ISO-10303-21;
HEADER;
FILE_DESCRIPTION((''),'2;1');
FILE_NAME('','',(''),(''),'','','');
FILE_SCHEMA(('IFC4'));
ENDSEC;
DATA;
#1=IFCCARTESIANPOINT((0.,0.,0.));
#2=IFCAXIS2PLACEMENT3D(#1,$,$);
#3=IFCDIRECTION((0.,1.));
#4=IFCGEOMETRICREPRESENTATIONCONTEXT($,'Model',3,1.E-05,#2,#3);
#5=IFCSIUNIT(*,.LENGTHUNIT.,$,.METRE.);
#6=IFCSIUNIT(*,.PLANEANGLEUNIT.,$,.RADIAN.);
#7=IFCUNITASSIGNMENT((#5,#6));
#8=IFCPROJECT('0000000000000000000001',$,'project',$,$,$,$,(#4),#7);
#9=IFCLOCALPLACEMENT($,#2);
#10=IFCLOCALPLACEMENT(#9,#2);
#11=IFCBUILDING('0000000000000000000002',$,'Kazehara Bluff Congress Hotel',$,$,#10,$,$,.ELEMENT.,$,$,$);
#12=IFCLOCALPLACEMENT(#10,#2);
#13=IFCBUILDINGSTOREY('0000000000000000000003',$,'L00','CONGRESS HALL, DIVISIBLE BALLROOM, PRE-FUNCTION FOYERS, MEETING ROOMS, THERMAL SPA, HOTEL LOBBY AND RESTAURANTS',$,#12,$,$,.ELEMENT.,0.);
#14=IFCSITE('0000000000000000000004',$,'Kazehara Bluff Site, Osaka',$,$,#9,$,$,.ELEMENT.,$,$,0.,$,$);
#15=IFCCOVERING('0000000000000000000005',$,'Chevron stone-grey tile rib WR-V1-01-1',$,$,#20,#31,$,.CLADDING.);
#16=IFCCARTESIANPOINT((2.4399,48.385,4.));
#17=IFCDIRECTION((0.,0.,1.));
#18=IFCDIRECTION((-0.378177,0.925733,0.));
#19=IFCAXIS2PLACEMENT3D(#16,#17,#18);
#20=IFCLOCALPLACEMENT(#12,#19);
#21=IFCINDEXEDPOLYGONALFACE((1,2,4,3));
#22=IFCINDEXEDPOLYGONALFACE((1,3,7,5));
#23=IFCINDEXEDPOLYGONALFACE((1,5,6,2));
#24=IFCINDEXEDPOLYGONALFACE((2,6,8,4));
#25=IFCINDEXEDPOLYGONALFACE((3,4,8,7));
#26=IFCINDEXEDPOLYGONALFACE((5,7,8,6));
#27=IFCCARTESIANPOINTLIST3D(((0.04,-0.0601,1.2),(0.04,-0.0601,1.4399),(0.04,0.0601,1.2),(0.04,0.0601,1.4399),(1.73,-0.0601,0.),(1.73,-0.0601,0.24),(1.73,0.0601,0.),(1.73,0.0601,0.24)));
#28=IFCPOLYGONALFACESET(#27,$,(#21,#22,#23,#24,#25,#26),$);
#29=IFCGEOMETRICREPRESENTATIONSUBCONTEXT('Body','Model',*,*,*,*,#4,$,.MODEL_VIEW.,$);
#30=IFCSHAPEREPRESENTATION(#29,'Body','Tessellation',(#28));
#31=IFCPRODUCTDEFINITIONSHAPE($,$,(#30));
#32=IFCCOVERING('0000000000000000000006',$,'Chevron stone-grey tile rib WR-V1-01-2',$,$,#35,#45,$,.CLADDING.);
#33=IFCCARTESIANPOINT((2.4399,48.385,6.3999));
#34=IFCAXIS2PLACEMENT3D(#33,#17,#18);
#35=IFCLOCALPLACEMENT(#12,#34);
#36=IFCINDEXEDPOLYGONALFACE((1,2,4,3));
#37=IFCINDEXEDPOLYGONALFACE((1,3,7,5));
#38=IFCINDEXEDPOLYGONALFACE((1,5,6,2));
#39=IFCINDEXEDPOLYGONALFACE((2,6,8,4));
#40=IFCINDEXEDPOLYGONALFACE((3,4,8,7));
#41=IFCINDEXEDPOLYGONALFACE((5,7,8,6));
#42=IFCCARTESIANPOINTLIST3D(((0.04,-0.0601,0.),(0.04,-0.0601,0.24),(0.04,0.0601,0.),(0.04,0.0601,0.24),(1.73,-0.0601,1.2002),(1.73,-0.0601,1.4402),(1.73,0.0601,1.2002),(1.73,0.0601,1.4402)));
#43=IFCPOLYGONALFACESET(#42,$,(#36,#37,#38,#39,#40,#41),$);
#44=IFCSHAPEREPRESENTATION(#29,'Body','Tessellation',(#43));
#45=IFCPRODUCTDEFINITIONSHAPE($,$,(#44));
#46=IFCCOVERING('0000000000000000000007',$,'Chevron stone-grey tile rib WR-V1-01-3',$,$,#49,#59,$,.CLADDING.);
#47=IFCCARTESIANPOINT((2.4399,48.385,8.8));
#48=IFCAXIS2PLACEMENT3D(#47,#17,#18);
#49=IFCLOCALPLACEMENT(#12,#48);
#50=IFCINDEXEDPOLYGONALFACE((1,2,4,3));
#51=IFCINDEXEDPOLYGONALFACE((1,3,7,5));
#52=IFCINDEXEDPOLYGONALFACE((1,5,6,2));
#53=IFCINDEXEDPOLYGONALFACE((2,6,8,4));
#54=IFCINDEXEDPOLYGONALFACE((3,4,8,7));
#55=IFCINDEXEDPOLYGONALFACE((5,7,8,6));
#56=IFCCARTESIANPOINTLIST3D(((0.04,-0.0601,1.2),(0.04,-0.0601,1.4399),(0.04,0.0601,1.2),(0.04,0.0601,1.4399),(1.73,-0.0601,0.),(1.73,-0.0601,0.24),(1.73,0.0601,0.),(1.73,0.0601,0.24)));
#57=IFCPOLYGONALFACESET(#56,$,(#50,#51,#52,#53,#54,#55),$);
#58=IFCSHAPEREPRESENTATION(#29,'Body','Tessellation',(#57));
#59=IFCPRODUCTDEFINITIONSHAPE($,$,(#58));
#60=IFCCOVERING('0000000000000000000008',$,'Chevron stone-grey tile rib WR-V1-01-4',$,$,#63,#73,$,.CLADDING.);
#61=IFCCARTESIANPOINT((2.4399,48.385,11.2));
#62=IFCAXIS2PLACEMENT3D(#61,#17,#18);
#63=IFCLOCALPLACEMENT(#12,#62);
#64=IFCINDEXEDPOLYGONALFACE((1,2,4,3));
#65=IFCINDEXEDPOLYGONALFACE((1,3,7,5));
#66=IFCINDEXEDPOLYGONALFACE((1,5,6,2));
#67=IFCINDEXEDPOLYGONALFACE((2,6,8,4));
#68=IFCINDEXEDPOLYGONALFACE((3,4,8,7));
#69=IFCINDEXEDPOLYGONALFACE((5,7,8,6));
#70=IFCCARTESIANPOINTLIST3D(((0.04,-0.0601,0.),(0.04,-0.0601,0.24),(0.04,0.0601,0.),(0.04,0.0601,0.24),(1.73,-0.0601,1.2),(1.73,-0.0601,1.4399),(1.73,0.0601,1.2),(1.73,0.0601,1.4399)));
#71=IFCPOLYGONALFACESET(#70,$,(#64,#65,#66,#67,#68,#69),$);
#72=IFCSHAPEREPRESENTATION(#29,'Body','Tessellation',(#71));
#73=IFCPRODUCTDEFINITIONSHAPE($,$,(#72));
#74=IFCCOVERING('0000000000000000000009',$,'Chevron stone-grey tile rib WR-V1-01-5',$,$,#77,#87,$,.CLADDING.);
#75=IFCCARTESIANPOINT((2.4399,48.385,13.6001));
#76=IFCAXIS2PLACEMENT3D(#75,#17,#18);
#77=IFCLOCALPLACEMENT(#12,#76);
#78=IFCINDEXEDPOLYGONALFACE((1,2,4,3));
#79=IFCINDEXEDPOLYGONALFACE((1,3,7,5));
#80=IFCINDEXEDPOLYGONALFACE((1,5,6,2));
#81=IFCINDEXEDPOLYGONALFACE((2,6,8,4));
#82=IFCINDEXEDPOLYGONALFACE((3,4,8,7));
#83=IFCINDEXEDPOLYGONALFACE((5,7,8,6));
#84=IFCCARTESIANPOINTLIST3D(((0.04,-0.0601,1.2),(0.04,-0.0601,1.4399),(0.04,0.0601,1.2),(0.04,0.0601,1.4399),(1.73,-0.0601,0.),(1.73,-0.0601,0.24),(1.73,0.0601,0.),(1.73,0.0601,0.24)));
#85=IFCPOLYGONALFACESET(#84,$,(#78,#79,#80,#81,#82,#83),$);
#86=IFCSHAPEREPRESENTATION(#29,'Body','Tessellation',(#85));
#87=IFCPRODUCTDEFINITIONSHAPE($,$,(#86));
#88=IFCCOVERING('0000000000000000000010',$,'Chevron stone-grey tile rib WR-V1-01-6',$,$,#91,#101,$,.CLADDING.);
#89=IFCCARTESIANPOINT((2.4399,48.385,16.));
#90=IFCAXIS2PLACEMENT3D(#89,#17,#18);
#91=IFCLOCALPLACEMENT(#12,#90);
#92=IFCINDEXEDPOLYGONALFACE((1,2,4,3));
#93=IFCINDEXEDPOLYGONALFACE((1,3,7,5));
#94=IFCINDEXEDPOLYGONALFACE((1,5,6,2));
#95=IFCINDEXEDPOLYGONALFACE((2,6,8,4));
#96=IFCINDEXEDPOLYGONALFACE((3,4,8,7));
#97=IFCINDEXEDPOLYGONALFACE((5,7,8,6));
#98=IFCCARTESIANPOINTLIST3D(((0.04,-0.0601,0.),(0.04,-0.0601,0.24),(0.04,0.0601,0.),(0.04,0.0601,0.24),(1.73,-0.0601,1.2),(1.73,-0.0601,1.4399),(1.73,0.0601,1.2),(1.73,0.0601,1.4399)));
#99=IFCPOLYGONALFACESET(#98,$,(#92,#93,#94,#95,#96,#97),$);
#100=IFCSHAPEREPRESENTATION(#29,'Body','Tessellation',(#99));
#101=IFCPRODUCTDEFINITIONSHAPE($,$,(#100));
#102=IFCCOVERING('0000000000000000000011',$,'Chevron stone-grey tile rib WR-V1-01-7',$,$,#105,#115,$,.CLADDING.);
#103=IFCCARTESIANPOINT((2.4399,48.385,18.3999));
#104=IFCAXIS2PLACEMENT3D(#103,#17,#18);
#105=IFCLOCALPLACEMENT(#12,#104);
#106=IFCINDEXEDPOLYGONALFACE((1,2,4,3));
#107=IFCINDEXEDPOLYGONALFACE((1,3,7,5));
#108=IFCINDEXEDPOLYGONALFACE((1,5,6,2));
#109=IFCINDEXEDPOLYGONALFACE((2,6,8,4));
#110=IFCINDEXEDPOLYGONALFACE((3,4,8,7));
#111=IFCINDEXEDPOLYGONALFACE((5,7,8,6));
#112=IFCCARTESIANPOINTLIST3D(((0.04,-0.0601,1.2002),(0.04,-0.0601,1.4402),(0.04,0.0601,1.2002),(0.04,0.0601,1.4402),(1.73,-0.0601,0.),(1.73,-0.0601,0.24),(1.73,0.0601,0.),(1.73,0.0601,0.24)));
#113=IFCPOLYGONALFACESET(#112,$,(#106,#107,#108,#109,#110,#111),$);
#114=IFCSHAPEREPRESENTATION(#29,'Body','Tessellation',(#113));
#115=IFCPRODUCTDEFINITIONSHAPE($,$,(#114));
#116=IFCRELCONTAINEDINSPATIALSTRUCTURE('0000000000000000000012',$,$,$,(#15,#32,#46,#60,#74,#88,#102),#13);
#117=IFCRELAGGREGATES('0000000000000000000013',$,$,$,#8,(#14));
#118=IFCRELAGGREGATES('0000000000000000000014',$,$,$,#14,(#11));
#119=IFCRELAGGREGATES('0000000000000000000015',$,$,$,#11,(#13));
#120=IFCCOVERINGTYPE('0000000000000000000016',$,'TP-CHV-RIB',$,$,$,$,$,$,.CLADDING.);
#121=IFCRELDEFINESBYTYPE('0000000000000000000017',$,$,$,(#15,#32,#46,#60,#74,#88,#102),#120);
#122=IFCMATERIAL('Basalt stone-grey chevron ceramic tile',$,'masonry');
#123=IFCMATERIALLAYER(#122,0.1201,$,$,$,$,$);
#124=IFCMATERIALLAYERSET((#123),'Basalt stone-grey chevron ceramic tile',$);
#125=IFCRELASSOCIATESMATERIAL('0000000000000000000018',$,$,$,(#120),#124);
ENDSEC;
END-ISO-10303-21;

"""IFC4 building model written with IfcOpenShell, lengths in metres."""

from ifc_helpers import new_model, si_unit, direction, frame, origin, place, context, subcontext, project, spatial, polyline, outline, extrude, material, layer, layer_set, type_object, element, save


model = new_model("IFC4")

# Units and contexts
model_context = context("Model", 3, precision=1e-05, world=origin(), true_north=direction((0.0, 1.0)))
body_context = subcontext(model_context, "Body", "Model", "MODEL_VIEW")
ifc_project = project(units=[si_unit("LENGTHUNIT", "METRE"), si_unit("PLANEANGLEUNIT", "RADIAN")], contexts=[model_context])

# Site, building, storey
site_placement = place(None, origin())
site = spatial("IfcSite", under=ifc_project, at=site_placement, Name="Kazehara Bluff Site, Osaka", CompositionType="ELEMENT", RefElevation=0.0)
building_placement = place(site_placement, origin())
building = spatial("IfcBuilding", under=site, at=building_placement, Name="Kazehara Bluff Congress Hotel", CompositionType="ELEMENT")
storey_placement = place(building_placement, origin())
storey = spatial("IfcBuildingStorey", under=building, at=storey_placement, Name="L00", Description="CONGRESS HALL, DIVISIBLE BALLROOM, PRE-FUNCTION FOYERS, MEETING ROOMS, THERMAL SPA, HOTEL LOBBY AND RESTAURANTS", CompositionType="ELEMENT", Elevation=0.0)

# Coverings
ifc_material_1 = material(Name="Basalt stone-grey chevron ceramic tile", Category="masonry")
ifc_layer_1 = layer(ifc_material_1, 0.1201)
ifc_layer_set_1 = layer_set([ifc_layer_1], Name="Basalt stone-grey chevron ceramic tile")
covering_type = type_object("IfcCoveringType", Name="TP-CHV-RIB", PredefinedType="CLADDING", material=ifc_layer_set_1)
covering_1_placement = place(storey_placement, frame((2.4399, 48.385, 4.0), z_axis=(0.0, 0.0, 1.0), x_axis=(-0.378177, 0.925733, 0.0)))
element("IfcCovering", 1, at=covering_1_placement, inside=storey, type_object=covering_type, Name="Chevron stone-grey tile rib WR-V1-01-1", PredefinedType="CLADDING", context=body_context, shape_type="SweptSolid", body=[
    extrude(outline(polyline([(0.04, 1.2), (1.73, 0.0), (1.73, 0.24), (0.04, 1.4399), (0.04, 1.2)])), frame((0.0, 0.0601, 0.0), z_axis=(0.0, -1.0, 0.0), x_axis=(1.0, 0.0, 0.0)), (0.0, 0.0, 1.0), 0.1201),
])
covering_2_placement = place(storey_placement, frame((2.4399, 48.385, 6.3999), z_axis=(0.0, 0.0, 1.0), x_axis=(-0.378177, 0.925733, 0.0)))
element("IfcCovering", 2, at=covering_2_placement, inside=storey, type_object=covering_type, Name="Chevron stone-grey tile rib WR-V1-01-2", PredefinedType="CLADDING", context=body_context, shape_type="SweptSolid", body=[
    extrude(outline(polyline([(0.04, 0.0), (1.73, 1.2002), (1.73, 1.4402), (0.04, 0.24), (0.04, 0.0)])), frame((0.0, 0.0601, 0.0), z_axis=(0.0, -1.0, 0.0), x_axis=(1.0, 0.0, 0.0)), (0.0, 0.0, 1.0), 0.1201),
])
covering_3_placement = place(storey_placement, frame((2.4399, 48.385, 8.8), z_axis=(0.0, 0.0, 1.0), x_axis=(-0.378177, 0.925733, 0.0)))
element("IfcCovering", 3, at=covering_3_placement, inside=storey, type_object=covering_type, Name="Chevron stone-grey tile rib WR-V1-01-3", PredefinedType="CLADDING", context=body_context, shape_type="SweptSolid", body=[
    extrude(outline(polyline([(0.04, 1.2), (1.73, 0.0), (1.73, 0.24), (0.04, 1.4399), (0.04, 1.2)])), frame((0.0, 0.0601, 0.0), z_axis=(0.0, -1.0, 0.0), x_axis=(1.0, 0.0, 0.0)), (0.0, 0.0, 1.0), 0.1201),
])
covering_4_placement = place(storey_placement, frame((2.4399, 48.385, 11.2), z_axis=(0.0, 0.0, 1.0), x_axis=(-0.378177, 0.925733, 0.0)))
element("IfcCovering", 4, at=covering_4_placement, inside=storey, type_object=covering_type, Name="Chevron stone-grey tile rib WR-V1-01-4", PredefinedType="CLADDING", context=body_context, shape_type="SweptSolid", body=[
    extrude(outline(polyline([(0.04, 0.0), (1.73, 1.2), (1.73, 1.4399), (0.04, 0.24), (0.04, 0.0)])), frame((0.0, 0.0601, 0.0), z_axis=(0.0, -1.0, 0.0), x_axis=(1.0, 0.0, 0.0)), (0.0, 0.0, 1.0), 0.1201),
])
covering_5_placement = place(storey_placement, frame((2.4399, 48.385, 13.6001), z_axis=(0.0, 0.0, 1.0), x_axis=(-0.378177, 0.925733, 0.0)))
element("IfcCovering", 5, at=covering_5_placement, inside=storey, type_object=covering_type, Name="Chevron stone-grey tile rib WR-V1-01-5", PredefinedType="CLADDING", context=body_context, shape_type="SweptSolid", body=[
    extrude(outline(polyline([(0.04, 1.2), (1.73, 0.0), (1.73, 0.24), (0.04, 1.4399), (0.04, 1.2)])), frame((0.0, 0.0601, 0.0), z_axis=(0.0, -1.0, 0.0), x_axis=(1.0, 0.0, 0.0)), (0.0, 0.0, 1.0), 0.1201),
])
covering_6_placement = place(storey_placement, frame((2.4399, 48.385, 16.0), z_axis=(0.0, 0.0, 1.0), x_axis=(-0.378177, 0.925733, 0.0)))
element("IfcCovering", 6, at=covering_6_placement, inside=storey, type_object=covering_type, Name="Chevron stone-grey tile rib WR-V1-01-6", PredefinedType="CLADDING", context=body_context, shape_type="SweptSolid", body=[
    extrude(outline(polyline([(0.04, 0.0), (1.73, 1.2), (1.73, 1.4399), (0.04, 0.24), (0.04, 0.0)])), frame((0.0, 0.0601, 0.0), z_axis=(0.0, -1.0, 0.0), x_axis=(1.0, 0.0, 0.0)), (0.0, 0.0, 1.0), 0.1201),
])
covering_7_placement = place(storey_placement, frame((2.4399, 48.385, 18.3999), z_axis=(0.0, 0.0, 1.0), x_axis=(-0.378177, 0.925733, 0.0)))
element("IfcCovering", 7, at=covering_7_placement, inside=storey, type_object=covering_type, Name="Chevron stone-grey tile rib WR-V1-01-7", PredefinedType="CLADDING", context=body_context, shape_type="SweptSolid", body=[
    extrude(outline(polyline([(0.04, 1.2002), (1.73, 0.0), (1.73, 0.24), (0.04, 1.4402), (0.04, 1.2002)])), frame((0.0, 0.0601, 0.0), z_axis=(0.0, -1.0, 0.0), x_axis=(1.0, 0.0, 0.0)), (0.0, 0.0, 1.0), 0.1201),
])

save(model, "model.ifc")
